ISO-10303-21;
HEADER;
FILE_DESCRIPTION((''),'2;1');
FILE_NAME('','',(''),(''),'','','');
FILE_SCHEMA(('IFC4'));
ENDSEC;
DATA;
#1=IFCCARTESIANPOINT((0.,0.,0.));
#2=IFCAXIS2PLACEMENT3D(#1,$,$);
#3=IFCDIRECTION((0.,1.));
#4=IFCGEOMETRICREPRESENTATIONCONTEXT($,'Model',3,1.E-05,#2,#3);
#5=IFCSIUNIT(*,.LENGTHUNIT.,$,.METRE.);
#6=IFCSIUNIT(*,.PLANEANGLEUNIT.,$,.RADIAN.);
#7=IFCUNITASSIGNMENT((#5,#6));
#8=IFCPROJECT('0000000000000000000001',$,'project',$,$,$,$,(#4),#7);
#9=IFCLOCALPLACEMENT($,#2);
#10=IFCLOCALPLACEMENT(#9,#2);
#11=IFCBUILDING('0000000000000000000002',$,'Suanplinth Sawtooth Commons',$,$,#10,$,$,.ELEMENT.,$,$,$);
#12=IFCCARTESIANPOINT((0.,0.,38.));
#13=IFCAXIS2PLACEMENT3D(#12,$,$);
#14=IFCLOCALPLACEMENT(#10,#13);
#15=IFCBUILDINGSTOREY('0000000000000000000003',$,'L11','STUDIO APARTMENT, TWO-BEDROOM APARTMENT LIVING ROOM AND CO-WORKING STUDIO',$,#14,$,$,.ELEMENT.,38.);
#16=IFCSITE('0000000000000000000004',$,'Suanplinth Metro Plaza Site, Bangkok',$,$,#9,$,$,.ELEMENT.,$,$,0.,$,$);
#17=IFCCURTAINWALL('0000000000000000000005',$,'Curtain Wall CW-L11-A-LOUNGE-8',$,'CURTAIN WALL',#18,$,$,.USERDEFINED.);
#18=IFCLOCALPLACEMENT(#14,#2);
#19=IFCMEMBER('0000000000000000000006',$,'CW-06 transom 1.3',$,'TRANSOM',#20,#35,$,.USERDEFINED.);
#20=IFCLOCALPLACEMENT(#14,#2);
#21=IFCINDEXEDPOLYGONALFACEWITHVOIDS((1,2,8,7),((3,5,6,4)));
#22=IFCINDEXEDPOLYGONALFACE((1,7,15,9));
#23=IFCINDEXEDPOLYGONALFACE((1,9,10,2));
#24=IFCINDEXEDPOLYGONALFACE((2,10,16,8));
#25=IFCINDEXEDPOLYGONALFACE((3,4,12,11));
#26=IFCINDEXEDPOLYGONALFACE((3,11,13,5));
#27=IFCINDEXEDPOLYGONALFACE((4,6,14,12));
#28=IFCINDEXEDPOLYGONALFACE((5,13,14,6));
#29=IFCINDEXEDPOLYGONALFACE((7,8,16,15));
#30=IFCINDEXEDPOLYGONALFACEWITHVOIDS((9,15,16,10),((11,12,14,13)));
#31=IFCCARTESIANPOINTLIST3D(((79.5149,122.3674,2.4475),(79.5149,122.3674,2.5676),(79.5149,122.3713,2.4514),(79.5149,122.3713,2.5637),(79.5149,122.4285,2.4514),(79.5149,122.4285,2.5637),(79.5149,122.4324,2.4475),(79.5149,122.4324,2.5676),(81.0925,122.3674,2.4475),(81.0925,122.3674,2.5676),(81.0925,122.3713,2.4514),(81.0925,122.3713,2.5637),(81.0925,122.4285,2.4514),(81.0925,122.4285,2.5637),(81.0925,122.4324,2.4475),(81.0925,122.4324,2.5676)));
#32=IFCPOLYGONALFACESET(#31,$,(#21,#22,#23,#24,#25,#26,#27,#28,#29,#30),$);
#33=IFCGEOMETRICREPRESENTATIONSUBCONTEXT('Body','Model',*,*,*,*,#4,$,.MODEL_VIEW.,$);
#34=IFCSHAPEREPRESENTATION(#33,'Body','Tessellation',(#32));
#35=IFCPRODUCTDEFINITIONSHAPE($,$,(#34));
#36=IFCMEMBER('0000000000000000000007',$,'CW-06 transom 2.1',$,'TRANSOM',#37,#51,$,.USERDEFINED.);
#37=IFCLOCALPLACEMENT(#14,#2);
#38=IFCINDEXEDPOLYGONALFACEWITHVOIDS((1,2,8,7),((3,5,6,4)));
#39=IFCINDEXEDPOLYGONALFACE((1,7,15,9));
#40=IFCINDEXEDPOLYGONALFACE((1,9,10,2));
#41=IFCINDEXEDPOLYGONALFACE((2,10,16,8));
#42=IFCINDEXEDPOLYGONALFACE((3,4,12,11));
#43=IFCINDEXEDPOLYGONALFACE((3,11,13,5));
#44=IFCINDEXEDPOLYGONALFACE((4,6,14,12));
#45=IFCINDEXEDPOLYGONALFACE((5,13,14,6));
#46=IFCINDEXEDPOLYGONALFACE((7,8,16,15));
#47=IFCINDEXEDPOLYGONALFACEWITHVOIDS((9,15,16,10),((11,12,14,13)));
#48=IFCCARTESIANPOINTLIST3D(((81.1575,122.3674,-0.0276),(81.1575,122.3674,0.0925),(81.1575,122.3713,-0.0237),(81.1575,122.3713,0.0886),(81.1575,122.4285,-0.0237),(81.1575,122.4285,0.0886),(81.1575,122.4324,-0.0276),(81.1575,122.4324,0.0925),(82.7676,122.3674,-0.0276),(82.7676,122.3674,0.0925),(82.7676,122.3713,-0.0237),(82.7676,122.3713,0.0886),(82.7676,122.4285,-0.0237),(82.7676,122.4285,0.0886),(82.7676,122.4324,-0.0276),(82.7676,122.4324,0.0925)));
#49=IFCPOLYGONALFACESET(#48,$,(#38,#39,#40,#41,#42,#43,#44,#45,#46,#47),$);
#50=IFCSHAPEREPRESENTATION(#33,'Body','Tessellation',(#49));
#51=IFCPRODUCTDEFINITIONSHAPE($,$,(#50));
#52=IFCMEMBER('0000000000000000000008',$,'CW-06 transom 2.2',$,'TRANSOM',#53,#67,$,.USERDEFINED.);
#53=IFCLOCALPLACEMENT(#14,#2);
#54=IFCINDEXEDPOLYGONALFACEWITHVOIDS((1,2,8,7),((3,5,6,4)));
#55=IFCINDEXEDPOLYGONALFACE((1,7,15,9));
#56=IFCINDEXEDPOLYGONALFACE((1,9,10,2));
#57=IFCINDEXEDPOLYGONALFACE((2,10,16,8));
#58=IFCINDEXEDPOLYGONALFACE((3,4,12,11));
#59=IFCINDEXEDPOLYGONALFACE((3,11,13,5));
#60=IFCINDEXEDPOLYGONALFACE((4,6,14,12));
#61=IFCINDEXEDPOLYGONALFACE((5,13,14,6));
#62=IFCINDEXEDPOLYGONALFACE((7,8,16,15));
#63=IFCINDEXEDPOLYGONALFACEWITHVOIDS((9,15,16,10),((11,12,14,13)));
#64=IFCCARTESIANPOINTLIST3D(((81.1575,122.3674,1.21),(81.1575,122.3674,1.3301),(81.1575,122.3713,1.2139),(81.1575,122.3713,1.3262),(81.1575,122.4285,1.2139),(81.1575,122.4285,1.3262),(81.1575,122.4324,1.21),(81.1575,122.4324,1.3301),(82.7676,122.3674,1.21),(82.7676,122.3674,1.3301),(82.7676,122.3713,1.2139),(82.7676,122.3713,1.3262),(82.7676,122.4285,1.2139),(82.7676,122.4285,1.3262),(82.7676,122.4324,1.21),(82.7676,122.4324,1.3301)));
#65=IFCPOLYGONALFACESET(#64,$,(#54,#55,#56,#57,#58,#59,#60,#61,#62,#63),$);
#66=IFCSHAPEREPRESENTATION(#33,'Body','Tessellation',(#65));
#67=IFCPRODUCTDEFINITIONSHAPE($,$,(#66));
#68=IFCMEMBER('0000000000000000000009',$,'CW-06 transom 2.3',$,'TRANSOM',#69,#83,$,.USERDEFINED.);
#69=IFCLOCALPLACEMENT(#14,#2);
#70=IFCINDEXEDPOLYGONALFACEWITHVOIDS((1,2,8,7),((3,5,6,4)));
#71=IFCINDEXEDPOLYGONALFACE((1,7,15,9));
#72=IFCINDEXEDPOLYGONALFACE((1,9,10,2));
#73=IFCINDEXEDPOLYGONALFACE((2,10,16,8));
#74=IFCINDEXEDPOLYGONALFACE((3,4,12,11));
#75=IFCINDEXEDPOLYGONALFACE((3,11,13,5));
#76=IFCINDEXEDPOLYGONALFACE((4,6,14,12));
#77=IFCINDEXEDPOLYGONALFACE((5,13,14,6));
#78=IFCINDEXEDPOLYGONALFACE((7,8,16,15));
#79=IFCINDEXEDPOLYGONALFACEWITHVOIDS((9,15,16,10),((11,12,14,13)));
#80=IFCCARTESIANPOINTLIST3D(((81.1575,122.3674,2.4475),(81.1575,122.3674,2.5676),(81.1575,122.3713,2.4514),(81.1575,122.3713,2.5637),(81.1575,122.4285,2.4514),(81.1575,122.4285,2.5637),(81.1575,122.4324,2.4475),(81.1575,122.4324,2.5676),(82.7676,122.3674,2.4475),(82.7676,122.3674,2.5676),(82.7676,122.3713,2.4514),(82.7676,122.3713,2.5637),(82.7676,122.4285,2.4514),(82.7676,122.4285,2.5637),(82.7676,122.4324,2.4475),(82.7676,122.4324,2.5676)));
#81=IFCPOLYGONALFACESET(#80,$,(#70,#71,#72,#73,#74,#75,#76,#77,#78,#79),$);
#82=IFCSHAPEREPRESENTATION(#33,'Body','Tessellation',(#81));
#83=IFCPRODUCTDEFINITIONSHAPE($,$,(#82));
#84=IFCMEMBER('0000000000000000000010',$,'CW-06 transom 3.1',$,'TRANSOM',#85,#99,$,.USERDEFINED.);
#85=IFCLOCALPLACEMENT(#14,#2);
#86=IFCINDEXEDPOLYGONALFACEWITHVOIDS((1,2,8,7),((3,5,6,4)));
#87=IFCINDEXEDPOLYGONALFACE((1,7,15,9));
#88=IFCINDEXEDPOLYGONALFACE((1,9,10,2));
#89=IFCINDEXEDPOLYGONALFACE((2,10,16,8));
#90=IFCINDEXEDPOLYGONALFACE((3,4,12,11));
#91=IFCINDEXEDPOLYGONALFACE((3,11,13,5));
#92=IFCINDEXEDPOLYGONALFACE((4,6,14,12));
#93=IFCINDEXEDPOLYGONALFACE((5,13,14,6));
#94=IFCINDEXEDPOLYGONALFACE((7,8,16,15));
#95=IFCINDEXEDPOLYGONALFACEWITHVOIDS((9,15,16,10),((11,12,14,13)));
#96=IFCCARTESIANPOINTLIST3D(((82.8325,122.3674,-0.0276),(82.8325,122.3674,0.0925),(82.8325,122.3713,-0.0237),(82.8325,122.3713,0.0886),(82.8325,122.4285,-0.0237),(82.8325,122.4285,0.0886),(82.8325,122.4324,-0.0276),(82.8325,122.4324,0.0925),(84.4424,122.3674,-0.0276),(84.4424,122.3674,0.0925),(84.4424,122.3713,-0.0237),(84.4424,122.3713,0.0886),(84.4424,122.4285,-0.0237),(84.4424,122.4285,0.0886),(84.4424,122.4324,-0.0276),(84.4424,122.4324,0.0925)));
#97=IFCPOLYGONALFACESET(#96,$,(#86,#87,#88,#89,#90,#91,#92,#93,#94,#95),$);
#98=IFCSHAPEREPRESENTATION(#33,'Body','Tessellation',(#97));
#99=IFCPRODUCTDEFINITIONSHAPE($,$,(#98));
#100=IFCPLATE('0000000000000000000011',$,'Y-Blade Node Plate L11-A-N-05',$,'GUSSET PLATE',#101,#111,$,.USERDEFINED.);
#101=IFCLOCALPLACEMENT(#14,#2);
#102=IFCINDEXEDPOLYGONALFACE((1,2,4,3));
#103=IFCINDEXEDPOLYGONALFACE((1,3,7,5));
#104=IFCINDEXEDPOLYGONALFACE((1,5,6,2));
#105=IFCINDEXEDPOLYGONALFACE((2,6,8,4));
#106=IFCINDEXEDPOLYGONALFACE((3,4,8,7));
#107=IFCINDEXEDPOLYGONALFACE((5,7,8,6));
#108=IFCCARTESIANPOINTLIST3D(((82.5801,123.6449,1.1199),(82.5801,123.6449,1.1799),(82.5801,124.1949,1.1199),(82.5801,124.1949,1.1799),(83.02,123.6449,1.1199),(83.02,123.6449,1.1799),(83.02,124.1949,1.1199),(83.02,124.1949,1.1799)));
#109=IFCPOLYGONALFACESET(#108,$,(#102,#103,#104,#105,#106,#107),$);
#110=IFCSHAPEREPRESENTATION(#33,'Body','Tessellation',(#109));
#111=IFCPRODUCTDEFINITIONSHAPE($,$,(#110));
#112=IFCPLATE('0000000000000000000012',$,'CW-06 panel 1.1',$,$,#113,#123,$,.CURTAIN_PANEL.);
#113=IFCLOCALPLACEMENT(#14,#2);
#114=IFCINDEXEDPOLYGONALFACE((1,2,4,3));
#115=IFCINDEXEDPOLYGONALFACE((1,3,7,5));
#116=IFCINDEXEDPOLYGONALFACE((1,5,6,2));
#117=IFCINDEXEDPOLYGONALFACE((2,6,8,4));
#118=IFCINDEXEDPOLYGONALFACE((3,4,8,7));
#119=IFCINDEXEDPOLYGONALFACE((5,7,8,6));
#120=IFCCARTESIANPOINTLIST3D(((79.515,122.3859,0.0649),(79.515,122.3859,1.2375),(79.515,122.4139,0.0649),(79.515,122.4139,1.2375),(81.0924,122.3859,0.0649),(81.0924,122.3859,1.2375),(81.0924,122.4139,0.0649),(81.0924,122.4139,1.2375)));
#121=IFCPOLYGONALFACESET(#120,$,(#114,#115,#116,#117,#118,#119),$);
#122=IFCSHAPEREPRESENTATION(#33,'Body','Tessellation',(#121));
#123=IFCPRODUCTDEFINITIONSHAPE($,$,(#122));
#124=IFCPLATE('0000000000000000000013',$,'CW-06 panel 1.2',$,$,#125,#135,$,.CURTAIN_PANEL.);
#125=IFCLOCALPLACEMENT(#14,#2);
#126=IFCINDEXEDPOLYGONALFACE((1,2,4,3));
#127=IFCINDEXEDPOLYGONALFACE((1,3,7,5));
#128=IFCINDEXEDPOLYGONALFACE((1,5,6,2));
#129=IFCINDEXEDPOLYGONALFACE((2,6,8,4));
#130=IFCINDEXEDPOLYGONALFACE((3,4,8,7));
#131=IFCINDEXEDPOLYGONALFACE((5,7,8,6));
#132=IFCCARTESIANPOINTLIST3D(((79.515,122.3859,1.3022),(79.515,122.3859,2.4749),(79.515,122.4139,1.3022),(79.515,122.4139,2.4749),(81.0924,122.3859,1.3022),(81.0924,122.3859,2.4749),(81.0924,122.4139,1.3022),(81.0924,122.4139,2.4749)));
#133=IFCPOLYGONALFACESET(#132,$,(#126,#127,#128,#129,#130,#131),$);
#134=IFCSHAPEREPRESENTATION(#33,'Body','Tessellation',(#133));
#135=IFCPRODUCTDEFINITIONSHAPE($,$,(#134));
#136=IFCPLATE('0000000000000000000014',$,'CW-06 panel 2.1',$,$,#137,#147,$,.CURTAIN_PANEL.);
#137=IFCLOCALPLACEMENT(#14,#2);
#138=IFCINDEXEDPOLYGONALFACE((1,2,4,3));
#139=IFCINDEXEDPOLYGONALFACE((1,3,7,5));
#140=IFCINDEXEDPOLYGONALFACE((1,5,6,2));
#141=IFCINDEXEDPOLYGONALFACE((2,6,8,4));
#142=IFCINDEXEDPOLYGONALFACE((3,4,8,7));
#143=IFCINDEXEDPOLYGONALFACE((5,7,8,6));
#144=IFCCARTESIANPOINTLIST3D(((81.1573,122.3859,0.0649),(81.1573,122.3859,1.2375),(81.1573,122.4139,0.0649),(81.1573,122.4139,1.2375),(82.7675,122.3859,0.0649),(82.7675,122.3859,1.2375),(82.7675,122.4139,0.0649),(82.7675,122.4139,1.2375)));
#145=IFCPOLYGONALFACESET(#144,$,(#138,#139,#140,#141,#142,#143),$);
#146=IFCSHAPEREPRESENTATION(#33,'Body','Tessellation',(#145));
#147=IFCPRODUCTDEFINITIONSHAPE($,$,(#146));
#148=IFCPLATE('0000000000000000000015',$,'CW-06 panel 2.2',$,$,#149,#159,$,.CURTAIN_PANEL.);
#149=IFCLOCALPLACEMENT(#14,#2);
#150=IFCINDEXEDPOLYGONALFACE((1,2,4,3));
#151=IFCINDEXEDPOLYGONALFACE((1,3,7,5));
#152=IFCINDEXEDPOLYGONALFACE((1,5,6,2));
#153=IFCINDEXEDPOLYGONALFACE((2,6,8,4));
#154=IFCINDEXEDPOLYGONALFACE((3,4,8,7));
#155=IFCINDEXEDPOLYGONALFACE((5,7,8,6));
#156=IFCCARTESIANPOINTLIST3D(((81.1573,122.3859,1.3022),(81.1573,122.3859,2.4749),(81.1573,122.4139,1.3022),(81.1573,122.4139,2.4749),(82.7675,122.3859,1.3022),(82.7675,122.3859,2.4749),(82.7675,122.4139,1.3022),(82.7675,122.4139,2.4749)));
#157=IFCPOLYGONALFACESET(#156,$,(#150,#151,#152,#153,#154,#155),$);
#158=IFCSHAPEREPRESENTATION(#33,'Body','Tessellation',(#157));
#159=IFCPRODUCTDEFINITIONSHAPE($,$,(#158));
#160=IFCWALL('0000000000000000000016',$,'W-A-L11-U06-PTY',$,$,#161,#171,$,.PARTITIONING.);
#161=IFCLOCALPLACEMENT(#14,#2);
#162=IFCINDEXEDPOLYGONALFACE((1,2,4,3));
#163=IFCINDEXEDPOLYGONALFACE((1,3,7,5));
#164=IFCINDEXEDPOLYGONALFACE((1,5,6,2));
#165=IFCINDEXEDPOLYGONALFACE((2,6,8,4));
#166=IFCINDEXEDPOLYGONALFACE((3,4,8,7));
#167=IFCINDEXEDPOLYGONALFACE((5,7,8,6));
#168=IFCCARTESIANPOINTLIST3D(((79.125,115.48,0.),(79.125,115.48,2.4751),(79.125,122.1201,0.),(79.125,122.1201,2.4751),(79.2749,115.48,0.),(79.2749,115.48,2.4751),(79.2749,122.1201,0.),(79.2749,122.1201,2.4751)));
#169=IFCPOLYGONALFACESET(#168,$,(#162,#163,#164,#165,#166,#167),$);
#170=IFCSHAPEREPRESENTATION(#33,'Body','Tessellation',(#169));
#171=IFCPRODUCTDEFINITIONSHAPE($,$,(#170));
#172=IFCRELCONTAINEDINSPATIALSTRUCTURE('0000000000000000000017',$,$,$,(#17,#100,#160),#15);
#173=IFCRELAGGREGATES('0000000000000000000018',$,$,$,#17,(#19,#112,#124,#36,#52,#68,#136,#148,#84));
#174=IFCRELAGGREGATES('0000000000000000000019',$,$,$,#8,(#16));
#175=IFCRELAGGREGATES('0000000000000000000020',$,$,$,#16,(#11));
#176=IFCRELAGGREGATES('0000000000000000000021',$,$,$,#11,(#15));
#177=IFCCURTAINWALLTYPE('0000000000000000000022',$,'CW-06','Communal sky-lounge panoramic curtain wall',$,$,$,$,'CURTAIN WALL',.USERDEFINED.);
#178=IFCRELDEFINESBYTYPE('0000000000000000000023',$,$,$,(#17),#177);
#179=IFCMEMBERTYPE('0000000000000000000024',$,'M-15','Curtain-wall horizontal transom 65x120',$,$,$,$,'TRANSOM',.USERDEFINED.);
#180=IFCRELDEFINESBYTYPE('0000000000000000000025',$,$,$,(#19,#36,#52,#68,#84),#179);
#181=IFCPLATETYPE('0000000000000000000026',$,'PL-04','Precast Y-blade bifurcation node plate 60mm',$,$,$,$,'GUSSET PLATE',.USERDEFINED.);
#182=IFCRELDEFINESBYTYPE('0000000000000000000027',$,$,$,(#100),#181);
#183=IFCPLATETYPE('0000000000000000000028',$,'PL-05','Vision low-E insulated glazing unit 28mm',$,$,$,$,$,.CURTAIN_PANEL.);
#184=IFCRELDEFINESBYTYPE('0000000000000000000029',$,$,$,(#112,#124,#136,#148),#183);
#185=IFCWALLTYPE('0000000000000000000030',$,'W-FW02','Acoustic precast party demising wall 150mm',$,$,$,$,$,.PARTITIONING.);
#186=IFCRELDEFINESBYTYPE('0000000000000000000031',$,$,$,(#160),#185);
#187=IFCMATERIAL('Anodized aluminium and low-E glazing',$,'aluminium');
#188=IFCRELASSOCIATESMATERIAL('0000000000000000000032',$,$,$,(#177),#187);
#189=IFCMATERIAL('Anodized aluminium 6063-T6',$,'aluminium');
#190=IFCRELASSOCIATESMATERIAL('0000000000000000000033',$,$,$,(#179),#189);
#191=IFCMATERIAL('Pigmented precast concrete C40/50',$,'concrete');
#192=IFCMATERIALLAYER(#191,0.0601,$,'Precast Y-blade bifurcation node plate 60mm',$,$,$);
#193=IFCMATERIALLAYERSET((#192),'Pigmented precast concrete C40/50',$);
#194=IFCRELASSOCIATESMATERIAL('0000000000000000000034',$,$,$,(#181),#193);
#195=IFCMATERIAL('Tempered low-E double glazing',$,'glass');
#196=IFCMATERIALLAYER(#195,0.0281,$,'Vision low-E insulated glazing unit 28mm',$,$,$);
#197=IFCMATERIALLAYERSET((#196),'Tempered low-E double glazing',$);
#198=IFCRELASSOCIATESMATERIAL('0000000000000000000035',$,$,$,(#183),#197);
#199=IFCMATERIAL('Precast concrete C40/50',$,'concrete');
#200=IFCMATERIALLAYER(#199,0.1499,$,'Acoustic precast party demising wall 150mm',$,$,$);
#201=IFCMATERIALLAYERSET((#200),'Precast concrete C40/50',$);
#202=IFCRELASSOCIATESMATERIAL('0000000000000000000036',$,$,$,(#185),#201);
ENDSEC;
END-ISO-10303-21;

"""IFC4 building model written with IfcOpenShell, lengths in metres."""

from ifc_helpers import new_model, si_unit, direction, frame, frame_2d, origin, origin_2d, place, context, subcontext, project, spatial, rectangle, hollow_rectangle, extrude, material, layer, layer_set, material_profile, profile_set, type_object, element, aggregate, save


model = new_model("IFC4")

# Units and contexts
model_context = context("Model", 3, precision=1e-05, world=origin(), true_north=direction((0.0, 1.0)))
body_context = subcontext(model_context, "Body", "Model", "MODEL_VIEW")
ifc_project = project(units=[si_unit("LENGTHUNIT", "METRE"), si_unit("PLANEANGLEUNIT", "RADIAN")], contexts=[model_context])

# Site, building, storey
site_placement = place(None, origin())
site = spatial("IfcSite", under=ifc_project, at=site_placement, Name="Suanplinth Metro Plaza Site, Bangkok", CompositionType="ELEMENT", RefElevation=0.0)
building_placement = place(site_placement, origin())
building = spatial("IfcBuilding", under=site, at=building_placement, Name="Suanplinth Sawtooth Commons", CompositionType="ELEMENT")
storey_placement = place(building_placement, frame((0.0, 0.0, 38.0)))
storey = spatial("IfcBuildingStorey", under=building, at=storey_placement, Name="L11", Description="STUDIO APARTMENT, TWO-BEDROOM APARTMENT LIVING ROOM AND CO-WORKING STUDIO", CompositionType="ELEMENT", Elevation=38.0)

# Shared definitions
ifc_material_1 = material(Name="Precast concrete C40/50", Category="concrete")

# Shared definitions
ifc_material_2 = material(Name="Pigmented precast concrete C40/50", Category="concrete")

# Curtain wall, members
ifc_material_3 = material(Name="Anodized aluminium and low-E glazing", Category="aluminium")
curtain_wall_type = type_object("IfcCurtainWallType", Name="CW-06", Description="Communal sky-lounge panoramic curtain wall", ElementType="CURTAIN WALL", PredefinedType="USERDEFINED", material=ifc_material_3)
curtain_wall_placement = place(storey_placement, origin())
curtain_wall = element("IfcCurtainWall", 1, at=curtain_wall_placement, inside=storey, type_object=curtain_wall_type, Name="Curtain Wall CW-L11-A-LOUNGE-8", ObjectType="CURTAIN WALL", PredefinedType="USERDEFINED")
ifc_material_4 = material(Name="Anodized aluminium 6063-T6", Category="aluminium")
ifc_material_profile_1 = material_profile(ifc_material_4, hollow_rectangle(XDim=0.0649, YDim=0.1201, WallThickness=0.0039, at=origin_2d()), Name="ALU-TRN 65x120")
ifc_profile_set_1 = profile_set([ifc_material_profile_1], Name="Anodized aluminium 6063-T6")
member_type_1 = type_object("IfcMemberType", Name="M-15", Description="Curtain-wall horizontal transom 65x120", ElementType="TRANSOM", PredefinedType="USERDEFINED", material=ifc_profile_set_1)
member_1_placement = place(storey_placement, frame((79.5149, 122.3999, 2.5076), z_axis=(1.0, 0.0, 0.0), x_axis=(0.0, 1.0, 0.0)))
member_1 = element("IfcMember", 2, at=member_1_placement, type_object=member_type_1, Name="CW-06 transom 1.3", ObjectType="TRANSOM", PredefinedType="USERDEFINED", context=body_context, shape_type="SweptSolid", body=[
    extrude(hollow_rectangle(XDim=0.0649, YDim=0.1201, WallThickness=0.0039, at=origin_2d()), origin(), (0.0, 0.0, 1.0), 1.5776),
])
member_2_placement = place(storey_placement, frame((81.1575, 122.3999, 0.0325), z_axis=(1.0, 0.0, 0.0), x_axis=(0.0, 1.0, 0.0)))
member_2 = element("IfcMember", 3, at=member_2_placement, type_object=member_type_1, Name="CW-06 transom 2.1", ObjectType="TRANSOM", PredefinedType="USERDEFINED", context=body_context, shape_type="SweptSolid", body=[
    extrude(hollow_rectangle(XDim=0.0649, YDim=0.1201, WallThickness=0.0039, at=origin_2d()), origin(), (0.0, 0.0, 1.0), 1.6101),
])
member_3_placement = place(storey_placement, frame((81.1575, 122.3999, 1.27), z_axis=(1.0, 0.0, 0.0), x_axis=(0.0, 1.0, 0.0)))
member_3 = element("IfcMember", 4, at=member_3_placement, type_object=member_type_1, Name="CW-06 transom 2.2", ObjectType="TRANSOM", PredefinedType="USERDEFINED", context=body_context, shape_type="SweptSolid", body=[
    extrude(hollow_rectangle(XDim=0.0649, YDim=0.1201, WallThickness=0.0039, at=origin_2d()), origin(), (0.0, 0.0, 1.0), 1.6101),
])
member_4_placement = place(storey_placement, frame((81.1575, 122.3999, 2.5076), z_axis=(1.0, 0.0, 0.0), x_axis=(0.0, 1.0, 0.0)))
member_4 = element("IfcMember", 5, at=member_4_placement, type_object=member_type_1, Name="CW-06 transom 2.3", ObjectType="TRANSOM", PredefinedType="USERDEFINED", context=body_context, shape_type="SweptSolid", body=[
    extrude(hollow_rectangle(XDim=0.0649, YDim=0.1201, WallThickness=0.0039, at=origin_2d()), origin(), (0.0, 0.0, 1.0), 1.6101),
])
member_5_placement = place(storey_placement, frame((82.8325, 122.3999, 0.0325), z_axis=(1.0, 0.0, 0.0), x_axis=(0.0, 1.0, 0.0)))
member_5 = element("IfcMember", 6, at=member_5_placement, type_object=member_type_1, Name="CW-06 transom 3.1", ObjectType="TRANSOM", PredefinedType="USERDEFINED", context=body_context, shape_type="SweptSolid", body=[
    extrude(hollow_rectangle(XDim=0.0649, YDim=0.1201, WallThickness=0.0039, at=origin_2d()), origin(), (0.0, 0.0, 1.0), 1.6099),
])

# Plates
ifc_layer_1 = layer(ifc_material_2, 0.0601, Name="Precast Y-blade bifurcation node plate 60mm")
ifc_layer_set_1 = layer_set([ifc_layer_1], Name="Pigmented precast concrete C40/50")
plate_type_1 = type_object("IfcPlateType", Name="PL-04", Description="Precast Y-blade bifurcation node plate 60mm", ElementType="GUSSET PLATE", PredefinedType="USERDEFINED", material=ifc_layer_set_1)
plate_1_placement = place(storey_placement, frame((82.8, 123.9199, 1.1199), z_axis=(0.0, 0.0, 1.0), x_axis=(1.0, 0.0, 0.0)))
element("IfcPlate", 7, at=plate_1_placement, inside=storey, type_object=plate_type_1, Name="Y-Blade Node Plate L11-A-N-05", ObjectType="GUSSET PLATE", PredefinedType="USERDEFINED", context=body_context, shape_type="SweptSolid", body=[
    extrude(rectangle(XDim=0.4399, YDim=0.55, at=origin_2d()), origin(), (0.0, 0.0, 1.0), 0.0601),
])
ifc_material_5 = material(Name="Tempered low-E double glazing", Category="glass")
ifc_layer_2 = layer(ifc_material_5, 0.0281, Name="Vision low-E insulated glazing unit 28mm")
ifc_layer_set_2 = layer_set([ifc_layer_2], Name="Tempered low-E double glazing")
plate_type_2 = type_object("IfcPlateType", Name="PL-05", Description="Vision low-E insulated glazing unit 28mm", PredefinedType="CURTAIN_PANEL", material=ifc_layer_set_2)
plate_2_placement = place(storey_placement, frame((80.3037, 122.3999, 0.0649), z_axis=(0.0, 0.0, 1.0), x_axis=(1.0, 0.0, 0.0)))
plate_2 = element("IfcPlate", 8, at=plate_2_placement, type_object=plate_type_2, Name="CW-06 panel 1.1", PredefinedType="CURTAIN_PANEL", context=body_context, shape_type="SweptSolid", body=[
    extrude(rectangle(XDim=1.5774, YDim=0.0281, at=origin_2d()), origin(), (0.0, 0.0, 1.0), 1.1726),
])
plate_3_placement = place(storey_placement, frame((80.3037, 122.3999, 1.3022), z_axis=(0.0, 0.0, 1.0), x_axis=(1.0, 0.0, 0.0)))
plate_3 = element("IfcPlate", 9, at=plate_3_placement, type_object=plate_type_2, Name="CW-06 panel 1.2", PredefinedType="CURTAIN_PANEL", context=body_context, shape_type="SweptSolid", body=[
    extrude(rectangle(XDim=1.5774, YDim=0.0281, at=origin_2d()), origin(), (0.0, 0.0, 1.0), 1.1726),
])
plate_4_placement = place(storey_placement, frame((81.9624, 122.3999, 0.0649), z_axis=(0.0, 0.0, 1.0), x_axis=(1.0, 0.0, 0.0)))
plate_4 = element("IfcPlate", 10, at=plate_4_placement, type_object=plate_type_2, Name="CW-06 panel 2.1", PredefinedType="CURTAIN_PANEL", context=body_context, shape_type="SweptSolid", body=[
    extrude(rectangle(XDim=1.6101, YDim=0.0281, at=origin_2d()), origin(), (0.0, 0.0, 1.0), 1.1726),
])
plate_5_placement = place(storey_placement, frame((81.9624, 122.3999, 1.3022), z_axis=(0.0, 0.0, 1.0), x_axis=(1.0, 0.0, 0.0)))
plate_5 = element("IfcPlate", 11, at=plate_5_placement, type_object=plate_type_2, Name="CW-06 panel 2.2", PredefinedType="CURTAIN_PANEL", context=body_context, shape_type="SweptSolid", body=[
    extrude(rectangle(XDim=1.6101, YDim=0.0281, at=origin_2d()), origin(), (0.0, 0.0, 1.0), 1.1726),
])
aggregate(curtain_wall, [member_1, plate_2, plate_3, member_2, member_3, member_4, plate_4, plate_5, member_5])

# Wall
ifc_layer_3 = layer(ifc_material_1, 0.1499, Name="Acoustic precast party demising wall 150mm")
ifc_layer_set_3 = layer_set([ifc_layer_3], Name="Precast concrete C40/50")
wall_type_1 = type_object("IfcWallType", Name="W-FW02", Description="Acoustic precast party demising wall 150mm", PredefinedType="PARTITIONING", material=ifc_layer_set_3)
wall_1_placement = place(storey_placement, frame((79.2, 115.48, 0.0), z_axis=(0.0, 0.0, 1.0), x_axis=(0.0, 1.0, 0.0)))
element("IfcWall", 12, at=wall_1_placement, inside=storey, type_object=wall_type_1, Name="W-A-L11-U06-PTY", PredefinedType="PARTITIONING", context=body_context, shape_type="SweptSolid", body=[
    extrude(rectangle(XDim=6.6401, YDim=0.1499, at=frame_2d((3.3201, 0.0))), origin(), (0.0, 0.0, 1.0), 2.4751),
])

save(model, "model.ifc")
